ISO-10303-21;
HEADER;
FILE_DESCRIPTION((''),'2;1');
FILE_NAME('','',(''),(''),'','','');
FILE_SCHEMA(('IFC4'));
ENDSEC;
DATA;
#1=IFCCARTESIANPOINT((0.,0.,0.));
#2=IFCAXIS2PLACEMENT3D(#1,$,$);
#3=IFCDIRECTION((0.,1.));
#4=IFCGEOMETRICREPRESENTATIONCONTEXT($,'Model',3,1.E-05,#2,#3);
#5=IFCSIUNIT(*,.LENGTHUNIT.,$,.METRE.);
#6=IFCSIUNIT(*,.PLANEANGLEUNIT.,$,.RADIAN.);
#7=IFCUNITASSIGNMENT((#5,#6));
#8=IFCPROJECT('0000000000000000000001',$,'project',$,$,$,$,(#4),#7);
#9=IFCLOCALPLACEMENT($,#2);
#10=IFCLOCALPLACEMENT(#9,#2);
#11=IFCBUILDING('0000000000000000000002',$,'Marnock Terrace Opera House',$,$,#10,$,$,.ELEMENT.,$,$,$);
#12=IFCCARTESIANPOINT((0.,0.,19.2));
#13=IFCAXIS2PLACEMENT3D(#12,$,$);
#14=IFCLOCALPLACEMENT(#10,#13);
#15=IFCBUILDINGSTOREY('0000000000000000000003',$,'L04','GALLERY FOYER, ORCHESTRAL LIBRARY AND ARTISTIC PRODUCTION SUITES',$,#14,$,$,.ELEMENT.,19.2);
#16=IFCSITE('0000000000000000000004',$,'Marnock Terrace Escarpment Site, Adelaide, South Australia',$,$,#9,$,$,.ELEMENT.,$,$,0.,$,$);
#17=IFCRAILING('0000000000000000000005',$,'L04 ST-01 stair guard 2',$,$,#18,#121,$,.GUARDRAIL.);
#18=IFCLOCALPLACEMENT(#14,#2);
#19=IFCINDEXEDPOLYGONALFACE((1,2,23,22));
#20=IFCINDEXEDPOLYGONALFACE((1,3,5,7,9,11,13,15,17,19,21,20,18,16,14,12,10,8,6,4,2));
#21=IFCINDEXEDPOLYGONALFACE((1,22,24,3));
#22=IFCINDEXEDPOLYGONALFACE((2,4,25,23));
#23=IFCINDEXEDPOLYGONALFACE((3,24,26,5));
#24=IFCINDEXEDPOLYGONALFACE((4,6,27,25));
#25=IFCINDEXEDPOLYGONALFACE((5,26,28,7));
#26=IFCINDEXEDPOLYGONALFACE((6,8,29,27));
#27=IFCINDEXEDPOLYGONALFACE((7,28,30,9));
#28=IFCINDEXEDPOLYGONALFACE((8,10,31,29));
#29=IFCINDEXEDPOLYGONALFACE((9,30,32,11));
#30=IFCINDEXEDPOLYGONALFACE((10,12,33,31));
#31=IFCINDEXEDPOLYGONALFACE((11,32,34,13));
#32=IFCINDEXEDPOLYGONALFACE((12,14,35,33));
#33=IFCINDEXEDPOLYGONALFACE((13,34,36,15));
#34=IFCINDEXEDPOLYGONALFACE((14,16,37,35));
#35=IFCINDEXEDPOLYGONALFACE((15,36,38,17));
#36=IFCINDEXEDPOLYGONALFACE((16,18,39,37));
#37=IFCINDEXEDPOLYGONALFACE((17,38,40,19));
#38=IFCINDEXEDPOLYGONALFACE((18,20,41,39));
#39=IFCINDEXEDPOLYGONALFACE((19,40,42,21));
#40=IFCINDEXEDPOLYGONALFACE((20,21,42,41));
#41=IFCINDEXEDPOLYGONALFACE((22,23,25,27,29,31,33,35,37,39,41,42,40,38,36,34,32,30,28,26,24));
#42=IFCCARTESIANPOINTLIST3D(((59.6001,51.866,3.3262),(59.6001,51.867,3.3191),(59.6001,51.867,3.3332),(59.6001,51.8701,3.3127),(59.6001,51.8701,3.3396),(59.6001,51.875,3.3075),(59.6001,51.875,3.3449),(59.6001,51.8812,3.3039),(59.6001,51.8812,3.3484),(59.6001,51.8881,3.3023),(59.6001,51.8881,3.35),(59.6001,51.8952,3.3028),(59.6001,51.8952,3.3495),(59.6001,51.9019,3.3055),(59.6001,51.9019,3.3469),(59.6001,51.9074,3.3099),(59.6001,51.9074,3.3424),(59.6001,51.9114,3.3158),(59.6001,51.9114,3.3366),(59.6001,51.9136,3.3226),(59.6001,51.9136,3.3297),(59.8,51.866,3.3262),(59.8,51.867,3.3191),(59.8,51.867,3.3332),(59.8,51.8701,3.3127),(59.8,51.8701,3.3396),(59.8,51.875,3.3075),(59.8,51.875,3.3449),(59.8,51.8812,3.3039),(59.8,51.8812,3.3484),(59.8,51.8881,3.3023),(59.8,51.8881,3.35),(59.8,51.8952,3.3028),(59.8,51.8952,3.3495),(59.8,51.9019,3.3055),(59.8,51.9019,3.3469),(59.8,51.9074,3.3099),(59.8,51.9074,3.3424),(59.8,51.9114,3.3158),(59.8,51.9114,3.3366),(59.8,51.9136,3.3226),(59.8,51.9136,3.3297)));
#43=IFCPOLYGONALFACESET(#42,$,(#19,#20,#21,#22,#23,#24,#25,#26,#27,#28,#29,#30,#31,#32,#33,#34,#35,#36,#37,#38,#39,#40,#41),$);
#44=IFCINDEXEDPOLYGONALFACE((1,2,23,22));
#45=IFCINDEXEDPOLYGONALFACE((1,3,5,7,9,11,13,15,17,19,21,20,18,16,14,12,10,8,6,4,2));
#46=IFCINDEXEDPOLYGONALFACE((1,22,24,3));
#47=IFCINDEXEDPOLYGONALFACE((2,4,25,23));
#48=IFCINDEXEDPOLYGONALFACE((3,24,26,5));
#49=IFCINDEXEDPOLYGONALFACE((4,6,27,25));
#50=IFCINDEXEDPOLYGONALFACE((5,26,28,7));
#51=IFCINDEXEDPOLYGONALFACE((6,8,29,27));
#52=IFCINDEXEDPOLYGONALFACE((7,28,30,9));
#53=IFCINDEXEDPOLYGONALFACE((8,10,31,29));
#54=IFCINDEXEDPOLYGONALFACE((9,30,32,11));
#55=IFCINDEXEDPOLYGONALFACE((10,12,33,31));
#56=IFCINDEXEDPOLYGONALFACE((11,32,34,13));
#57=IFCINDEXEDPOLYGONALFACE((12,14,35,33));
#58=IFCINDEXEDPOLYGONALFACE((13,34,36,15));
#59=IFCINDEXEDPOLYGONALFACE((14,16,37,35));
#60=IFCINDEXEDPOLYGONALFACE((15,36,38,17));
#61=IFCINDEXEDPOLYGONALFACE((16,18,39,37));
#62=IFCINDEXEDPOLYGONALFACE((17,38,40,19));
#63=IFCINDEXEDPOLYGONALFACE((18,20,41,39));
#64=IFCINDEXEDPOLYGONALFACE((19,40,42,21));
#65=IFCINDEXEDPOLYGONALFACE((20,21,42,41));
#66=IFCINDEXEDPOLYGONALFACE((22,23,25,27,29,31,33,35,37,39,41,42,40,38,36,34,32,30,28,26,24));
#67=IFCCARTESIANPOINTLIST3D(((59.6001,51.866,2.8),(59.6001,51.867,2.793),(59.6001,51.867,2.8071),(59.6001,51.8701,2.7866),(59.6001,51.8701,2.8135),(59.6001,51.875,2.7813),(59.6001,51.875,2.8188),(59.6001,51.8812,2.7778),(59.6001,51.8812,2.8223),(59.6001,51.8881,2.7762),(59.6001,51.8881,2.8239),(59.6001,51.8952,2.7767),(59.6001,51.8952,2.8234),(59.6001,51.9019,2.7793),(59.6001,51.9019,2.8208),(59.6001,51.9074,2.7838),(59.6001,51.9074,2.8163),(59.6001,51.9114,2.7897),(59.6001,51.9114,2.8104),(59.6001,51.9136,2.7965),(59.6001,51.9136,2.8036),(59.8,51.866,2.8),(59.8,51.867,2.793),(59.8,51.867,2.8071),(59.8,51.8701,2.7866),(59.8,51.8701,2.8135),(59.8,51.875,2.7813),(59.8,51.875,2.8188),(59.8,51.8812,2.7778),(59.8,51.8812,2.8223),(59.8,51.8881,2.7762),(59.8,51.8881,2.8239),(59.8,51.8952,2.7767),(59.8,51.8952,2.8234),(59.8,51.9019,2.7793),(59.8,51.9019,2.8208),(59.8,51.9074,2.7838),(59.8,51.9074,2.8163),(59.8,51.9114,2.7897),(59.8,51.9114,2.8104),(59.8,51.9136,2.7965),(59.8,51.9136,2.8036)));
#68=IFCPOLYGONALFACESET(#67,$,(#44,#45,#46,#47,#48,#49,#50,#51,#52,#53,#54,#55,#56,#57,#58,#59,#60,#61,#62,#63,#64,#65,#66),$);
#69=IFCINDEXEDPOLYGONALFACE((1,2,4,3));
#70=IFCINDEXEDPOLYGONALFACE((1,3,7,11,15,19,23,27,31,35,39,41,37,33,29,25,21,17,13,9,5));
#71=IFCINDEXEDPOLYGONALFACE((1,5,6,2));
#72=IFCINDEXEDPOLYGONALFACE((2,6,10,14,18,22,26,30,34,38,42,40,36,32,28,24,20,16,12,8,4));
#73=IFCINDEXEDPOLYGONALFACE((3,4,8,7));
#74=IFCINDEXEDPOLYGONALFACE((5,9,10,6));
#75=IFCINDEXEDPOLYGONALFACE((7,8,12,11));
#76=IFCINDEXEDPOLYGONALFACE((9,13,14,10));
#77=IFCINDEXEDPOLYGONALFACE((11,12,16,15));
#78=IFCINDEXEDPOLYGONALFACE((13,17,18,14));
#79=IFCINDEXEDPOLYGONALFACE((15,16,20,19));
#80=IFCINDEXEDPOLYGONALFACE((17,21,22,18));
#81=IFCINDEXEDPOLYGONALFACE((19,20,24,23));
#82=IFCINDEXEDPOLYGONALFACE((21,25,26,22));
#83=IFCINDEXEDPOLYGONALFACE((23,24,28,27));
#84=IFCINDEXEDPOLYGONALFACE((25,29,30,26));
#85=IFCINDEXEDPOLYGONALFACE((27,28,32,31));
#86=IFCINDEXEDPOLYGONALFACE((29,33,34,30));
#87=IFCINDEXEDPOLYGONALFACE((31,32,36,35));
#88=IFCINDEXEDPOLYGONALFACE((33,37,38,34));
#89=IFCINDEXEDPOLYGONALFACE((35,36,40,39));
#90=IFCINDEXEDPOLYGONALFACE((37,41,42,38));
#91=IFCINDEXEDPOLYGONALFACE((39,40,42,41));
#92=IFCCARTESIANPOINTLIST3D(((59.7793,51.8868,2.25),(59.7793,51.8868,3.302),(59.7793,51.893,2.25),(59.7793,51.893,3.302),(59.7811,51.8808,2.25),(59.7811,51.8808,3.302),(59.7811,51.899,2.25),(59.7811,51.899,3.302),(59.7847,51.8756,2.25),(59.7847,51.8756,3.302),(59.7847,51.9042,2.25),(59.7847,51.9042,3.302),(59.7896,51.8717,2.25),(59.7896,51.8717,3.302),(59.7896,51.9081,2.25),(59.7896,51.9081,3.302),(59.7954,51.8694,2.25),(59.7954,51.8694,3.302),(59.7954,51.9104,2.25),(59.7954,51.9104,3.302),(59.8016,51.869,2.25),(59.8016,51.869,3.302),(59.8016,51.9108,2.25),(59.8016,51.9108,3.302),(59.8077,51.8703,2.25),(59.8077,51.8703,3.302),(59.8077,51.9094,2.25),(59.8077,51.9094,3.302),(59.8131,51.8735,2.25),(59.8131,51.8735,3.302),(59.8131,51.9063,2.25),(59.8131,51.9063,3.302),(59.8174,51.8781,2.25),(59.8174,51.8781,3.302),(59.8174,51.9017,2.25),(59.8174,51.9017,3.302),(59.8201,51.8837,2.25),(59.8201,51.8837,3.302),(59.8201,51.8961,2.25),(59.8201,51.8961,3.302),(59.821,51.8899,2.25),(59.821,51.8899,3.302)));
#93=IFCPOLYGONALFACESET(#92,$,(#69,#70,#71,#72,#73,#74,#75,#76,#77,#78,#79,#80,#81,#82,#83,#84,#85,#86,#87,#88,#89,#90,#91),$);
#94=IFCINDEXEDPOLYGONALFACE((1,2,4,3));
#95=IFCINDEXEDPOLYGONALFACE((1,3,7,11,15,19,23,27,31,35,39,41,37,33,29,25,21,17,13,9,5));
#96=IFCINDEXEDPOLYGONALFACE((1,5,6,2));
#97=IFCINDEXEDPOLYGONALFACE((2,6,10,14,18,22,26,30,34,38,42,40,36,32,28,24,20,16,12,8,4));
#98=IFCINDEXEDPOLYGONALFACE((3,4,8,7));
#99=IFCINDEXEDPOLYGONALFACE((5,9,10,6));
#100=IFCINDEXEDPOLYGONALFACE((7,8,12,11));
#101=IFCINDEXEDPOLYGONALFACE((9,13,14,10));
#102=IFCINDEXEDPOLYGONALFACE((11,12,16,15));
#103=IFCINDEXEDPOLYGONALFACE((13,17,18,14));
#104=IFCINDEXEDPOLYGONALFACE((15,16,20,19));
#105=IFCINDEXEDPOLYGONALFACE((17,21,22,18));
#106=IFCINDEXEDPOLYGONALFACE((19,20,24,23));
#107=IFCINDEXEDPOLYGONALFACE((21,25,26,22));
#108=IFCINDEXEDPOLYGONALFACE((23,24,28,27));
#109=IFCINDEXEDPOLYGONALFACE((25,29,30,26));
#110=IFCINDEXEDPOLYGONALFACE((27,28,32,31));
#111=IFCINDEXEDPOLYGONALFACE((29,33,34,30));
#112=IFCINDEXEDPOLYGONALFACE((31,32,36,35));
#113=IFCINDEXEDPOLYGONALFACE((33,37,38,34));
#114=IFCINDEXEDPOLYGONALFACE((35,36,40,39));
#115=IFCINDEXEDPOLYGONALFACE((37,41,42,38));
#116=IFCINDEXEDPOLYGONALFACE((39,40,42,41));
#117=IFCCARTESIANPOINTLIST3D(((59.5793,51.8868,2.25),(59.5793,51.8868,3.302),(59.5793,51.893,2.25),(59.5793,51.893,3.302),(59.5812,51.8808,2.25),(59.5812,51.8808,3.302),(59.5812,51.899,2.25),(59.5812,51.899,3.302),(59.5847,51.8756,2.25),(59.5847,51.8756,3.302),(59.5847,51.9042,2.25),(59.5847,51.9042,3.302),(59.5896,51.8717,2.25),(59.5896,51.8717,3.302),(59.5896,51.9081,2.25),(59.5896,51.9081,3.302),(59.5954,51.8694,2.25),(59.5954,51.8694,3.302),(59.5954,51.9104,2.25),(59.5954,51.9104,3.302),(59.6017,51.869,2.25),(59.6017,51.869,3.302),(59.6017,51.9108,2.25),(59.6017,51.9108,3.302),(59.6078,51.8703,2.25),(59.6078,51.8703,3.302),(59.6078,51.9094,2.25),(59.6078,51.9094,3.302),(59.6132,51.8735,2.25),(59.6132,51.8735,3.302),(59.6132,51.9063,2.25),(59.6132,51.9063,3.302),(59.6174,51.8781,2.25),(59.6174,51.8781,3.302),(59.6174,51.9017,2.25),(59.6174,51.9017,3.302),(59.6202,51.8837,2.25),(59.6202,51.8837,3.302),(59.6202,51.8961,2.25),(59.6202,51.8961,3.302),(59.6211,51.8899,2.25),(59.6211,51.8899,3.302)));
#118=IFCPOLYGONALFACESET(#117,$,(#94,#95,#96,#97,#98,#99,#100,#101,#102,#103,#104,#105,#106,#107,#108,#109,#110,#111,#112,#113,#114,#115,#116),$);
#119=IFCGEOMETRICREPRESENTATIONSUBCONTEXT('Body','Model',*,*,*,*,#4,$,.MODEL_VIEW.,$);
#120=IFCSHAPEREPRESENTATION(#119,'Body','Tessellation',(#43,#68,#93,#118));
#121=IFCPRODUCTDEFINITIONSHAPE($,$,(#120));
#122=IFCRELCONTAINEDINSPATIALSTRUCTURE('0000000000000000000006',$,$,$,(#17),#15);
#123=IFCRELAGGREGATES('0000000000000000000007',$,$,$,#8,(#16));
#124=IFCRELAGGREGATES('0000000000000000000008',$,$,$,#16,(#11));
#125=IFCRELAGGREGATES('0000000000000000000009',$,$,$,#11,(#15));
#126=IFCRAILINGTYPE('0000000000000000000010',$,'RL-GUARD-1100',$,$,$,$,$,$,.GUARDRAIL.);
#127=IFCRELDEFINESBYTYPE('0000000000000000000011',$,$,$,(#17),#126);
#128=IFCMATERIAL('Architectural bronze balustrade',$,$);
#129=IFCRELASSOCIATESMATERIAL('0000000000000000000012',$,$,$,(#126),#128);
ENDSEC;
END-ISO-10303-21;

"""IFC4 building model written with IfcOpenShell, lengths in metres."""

from ifc_helpers import new_model, si_unit, direction, frame, origin, origin_2d, place, context, subcontext, project, spatial, circle, extrude, material, type_object, element, save


model = new_model("IFC4")

# Units and contexts
model_context = context("Model", 3, precision=1e-05, world=origin(), true_north=direction((0.0, 1.0)))
body_context = subcontext(model_context, "Body", "Model", "MODEL_VIEW")
ifc_project = project(units=[si_unit("LENGTHUNIT", "METRE"), si_unit("PLANEANGLEUNIT", "RADIAN")], contexts=[model_context])

# Site, building, storey
site_placement = place(None, origin())
site = spatial("IfcSite", under=ifc_project, at=site_placement, Name="Marnock Terrace Escarpment Site, Adelaide, South Australia", CompositionType="ELEMENT", RefElevation=0.0)
building_placement = place(site_placement, origin())
building = spatial("IfcBuilding", under=site, at=building_placement, Name="Marnock Terrace Opera House", CompositionType="ELEMENT")
storey_placement = place(building_placement, frame((0.0, 0.0, 19.2)))
storey = spatial("IfcBuildingStorey", under=building, at=storey_placement, Name="L04", Description="GALLERY FOYER, ORCHESTRAL LIBRARY AND ARTISTIC PRODUCTION SUITES", CompositionType="ELEMENT", Elevation=19.2)

# Railing
ifc_material_1 = material(Name="Architectural bronze balustrade")
railing_type_1 = type_object("IfcRailingType", Name="RL-GUARD-1100", PredefinedType="GUARDRAIL", material=ifc_material_1)
railing_1_placement = place(storey_placement, frame((59.8, 51.8899, 2.25)))
element("IfcRailing", 1, at=railing_1_placement, inside=storey, type_object=railing_type_1, Name="L04 ST-01 stair guard 2", PredefinedType="GUARDRAIL", context=body_context, shape_type="SweptSolid", body=[
    extrude(circle(Radius=0.0239, at=origin_2d()), frame((0.0, 0.0, 1.0762), z_axis=(-1.0, 0.0, 0.0), x_axis=(0.0, -1.0, 0.0)), (0.0, 0.0, 1.0), 0.2),
    extrude(circle(Radius=0.0239, at=origin_2d()), frame((0.0, 0.0, 0.55), z_axis=(-1.0, 0.0, 0.0), x_axis=(0.0, -1.0, 0.0)), (0.0, 0.0, 1.0), 0.2),
    extrude(circle(Radius=0.021, at=origin_2d()), origin(), (0.0, 0.0, 1.0), 1.052),
    extrude(circle(Radius=0.021, at=origin_2d()), frame((-0.2, 0.0, 0.0)), (0.0, 0.0, 1.0), 1.052),
])

save(model, "model.ifc")
